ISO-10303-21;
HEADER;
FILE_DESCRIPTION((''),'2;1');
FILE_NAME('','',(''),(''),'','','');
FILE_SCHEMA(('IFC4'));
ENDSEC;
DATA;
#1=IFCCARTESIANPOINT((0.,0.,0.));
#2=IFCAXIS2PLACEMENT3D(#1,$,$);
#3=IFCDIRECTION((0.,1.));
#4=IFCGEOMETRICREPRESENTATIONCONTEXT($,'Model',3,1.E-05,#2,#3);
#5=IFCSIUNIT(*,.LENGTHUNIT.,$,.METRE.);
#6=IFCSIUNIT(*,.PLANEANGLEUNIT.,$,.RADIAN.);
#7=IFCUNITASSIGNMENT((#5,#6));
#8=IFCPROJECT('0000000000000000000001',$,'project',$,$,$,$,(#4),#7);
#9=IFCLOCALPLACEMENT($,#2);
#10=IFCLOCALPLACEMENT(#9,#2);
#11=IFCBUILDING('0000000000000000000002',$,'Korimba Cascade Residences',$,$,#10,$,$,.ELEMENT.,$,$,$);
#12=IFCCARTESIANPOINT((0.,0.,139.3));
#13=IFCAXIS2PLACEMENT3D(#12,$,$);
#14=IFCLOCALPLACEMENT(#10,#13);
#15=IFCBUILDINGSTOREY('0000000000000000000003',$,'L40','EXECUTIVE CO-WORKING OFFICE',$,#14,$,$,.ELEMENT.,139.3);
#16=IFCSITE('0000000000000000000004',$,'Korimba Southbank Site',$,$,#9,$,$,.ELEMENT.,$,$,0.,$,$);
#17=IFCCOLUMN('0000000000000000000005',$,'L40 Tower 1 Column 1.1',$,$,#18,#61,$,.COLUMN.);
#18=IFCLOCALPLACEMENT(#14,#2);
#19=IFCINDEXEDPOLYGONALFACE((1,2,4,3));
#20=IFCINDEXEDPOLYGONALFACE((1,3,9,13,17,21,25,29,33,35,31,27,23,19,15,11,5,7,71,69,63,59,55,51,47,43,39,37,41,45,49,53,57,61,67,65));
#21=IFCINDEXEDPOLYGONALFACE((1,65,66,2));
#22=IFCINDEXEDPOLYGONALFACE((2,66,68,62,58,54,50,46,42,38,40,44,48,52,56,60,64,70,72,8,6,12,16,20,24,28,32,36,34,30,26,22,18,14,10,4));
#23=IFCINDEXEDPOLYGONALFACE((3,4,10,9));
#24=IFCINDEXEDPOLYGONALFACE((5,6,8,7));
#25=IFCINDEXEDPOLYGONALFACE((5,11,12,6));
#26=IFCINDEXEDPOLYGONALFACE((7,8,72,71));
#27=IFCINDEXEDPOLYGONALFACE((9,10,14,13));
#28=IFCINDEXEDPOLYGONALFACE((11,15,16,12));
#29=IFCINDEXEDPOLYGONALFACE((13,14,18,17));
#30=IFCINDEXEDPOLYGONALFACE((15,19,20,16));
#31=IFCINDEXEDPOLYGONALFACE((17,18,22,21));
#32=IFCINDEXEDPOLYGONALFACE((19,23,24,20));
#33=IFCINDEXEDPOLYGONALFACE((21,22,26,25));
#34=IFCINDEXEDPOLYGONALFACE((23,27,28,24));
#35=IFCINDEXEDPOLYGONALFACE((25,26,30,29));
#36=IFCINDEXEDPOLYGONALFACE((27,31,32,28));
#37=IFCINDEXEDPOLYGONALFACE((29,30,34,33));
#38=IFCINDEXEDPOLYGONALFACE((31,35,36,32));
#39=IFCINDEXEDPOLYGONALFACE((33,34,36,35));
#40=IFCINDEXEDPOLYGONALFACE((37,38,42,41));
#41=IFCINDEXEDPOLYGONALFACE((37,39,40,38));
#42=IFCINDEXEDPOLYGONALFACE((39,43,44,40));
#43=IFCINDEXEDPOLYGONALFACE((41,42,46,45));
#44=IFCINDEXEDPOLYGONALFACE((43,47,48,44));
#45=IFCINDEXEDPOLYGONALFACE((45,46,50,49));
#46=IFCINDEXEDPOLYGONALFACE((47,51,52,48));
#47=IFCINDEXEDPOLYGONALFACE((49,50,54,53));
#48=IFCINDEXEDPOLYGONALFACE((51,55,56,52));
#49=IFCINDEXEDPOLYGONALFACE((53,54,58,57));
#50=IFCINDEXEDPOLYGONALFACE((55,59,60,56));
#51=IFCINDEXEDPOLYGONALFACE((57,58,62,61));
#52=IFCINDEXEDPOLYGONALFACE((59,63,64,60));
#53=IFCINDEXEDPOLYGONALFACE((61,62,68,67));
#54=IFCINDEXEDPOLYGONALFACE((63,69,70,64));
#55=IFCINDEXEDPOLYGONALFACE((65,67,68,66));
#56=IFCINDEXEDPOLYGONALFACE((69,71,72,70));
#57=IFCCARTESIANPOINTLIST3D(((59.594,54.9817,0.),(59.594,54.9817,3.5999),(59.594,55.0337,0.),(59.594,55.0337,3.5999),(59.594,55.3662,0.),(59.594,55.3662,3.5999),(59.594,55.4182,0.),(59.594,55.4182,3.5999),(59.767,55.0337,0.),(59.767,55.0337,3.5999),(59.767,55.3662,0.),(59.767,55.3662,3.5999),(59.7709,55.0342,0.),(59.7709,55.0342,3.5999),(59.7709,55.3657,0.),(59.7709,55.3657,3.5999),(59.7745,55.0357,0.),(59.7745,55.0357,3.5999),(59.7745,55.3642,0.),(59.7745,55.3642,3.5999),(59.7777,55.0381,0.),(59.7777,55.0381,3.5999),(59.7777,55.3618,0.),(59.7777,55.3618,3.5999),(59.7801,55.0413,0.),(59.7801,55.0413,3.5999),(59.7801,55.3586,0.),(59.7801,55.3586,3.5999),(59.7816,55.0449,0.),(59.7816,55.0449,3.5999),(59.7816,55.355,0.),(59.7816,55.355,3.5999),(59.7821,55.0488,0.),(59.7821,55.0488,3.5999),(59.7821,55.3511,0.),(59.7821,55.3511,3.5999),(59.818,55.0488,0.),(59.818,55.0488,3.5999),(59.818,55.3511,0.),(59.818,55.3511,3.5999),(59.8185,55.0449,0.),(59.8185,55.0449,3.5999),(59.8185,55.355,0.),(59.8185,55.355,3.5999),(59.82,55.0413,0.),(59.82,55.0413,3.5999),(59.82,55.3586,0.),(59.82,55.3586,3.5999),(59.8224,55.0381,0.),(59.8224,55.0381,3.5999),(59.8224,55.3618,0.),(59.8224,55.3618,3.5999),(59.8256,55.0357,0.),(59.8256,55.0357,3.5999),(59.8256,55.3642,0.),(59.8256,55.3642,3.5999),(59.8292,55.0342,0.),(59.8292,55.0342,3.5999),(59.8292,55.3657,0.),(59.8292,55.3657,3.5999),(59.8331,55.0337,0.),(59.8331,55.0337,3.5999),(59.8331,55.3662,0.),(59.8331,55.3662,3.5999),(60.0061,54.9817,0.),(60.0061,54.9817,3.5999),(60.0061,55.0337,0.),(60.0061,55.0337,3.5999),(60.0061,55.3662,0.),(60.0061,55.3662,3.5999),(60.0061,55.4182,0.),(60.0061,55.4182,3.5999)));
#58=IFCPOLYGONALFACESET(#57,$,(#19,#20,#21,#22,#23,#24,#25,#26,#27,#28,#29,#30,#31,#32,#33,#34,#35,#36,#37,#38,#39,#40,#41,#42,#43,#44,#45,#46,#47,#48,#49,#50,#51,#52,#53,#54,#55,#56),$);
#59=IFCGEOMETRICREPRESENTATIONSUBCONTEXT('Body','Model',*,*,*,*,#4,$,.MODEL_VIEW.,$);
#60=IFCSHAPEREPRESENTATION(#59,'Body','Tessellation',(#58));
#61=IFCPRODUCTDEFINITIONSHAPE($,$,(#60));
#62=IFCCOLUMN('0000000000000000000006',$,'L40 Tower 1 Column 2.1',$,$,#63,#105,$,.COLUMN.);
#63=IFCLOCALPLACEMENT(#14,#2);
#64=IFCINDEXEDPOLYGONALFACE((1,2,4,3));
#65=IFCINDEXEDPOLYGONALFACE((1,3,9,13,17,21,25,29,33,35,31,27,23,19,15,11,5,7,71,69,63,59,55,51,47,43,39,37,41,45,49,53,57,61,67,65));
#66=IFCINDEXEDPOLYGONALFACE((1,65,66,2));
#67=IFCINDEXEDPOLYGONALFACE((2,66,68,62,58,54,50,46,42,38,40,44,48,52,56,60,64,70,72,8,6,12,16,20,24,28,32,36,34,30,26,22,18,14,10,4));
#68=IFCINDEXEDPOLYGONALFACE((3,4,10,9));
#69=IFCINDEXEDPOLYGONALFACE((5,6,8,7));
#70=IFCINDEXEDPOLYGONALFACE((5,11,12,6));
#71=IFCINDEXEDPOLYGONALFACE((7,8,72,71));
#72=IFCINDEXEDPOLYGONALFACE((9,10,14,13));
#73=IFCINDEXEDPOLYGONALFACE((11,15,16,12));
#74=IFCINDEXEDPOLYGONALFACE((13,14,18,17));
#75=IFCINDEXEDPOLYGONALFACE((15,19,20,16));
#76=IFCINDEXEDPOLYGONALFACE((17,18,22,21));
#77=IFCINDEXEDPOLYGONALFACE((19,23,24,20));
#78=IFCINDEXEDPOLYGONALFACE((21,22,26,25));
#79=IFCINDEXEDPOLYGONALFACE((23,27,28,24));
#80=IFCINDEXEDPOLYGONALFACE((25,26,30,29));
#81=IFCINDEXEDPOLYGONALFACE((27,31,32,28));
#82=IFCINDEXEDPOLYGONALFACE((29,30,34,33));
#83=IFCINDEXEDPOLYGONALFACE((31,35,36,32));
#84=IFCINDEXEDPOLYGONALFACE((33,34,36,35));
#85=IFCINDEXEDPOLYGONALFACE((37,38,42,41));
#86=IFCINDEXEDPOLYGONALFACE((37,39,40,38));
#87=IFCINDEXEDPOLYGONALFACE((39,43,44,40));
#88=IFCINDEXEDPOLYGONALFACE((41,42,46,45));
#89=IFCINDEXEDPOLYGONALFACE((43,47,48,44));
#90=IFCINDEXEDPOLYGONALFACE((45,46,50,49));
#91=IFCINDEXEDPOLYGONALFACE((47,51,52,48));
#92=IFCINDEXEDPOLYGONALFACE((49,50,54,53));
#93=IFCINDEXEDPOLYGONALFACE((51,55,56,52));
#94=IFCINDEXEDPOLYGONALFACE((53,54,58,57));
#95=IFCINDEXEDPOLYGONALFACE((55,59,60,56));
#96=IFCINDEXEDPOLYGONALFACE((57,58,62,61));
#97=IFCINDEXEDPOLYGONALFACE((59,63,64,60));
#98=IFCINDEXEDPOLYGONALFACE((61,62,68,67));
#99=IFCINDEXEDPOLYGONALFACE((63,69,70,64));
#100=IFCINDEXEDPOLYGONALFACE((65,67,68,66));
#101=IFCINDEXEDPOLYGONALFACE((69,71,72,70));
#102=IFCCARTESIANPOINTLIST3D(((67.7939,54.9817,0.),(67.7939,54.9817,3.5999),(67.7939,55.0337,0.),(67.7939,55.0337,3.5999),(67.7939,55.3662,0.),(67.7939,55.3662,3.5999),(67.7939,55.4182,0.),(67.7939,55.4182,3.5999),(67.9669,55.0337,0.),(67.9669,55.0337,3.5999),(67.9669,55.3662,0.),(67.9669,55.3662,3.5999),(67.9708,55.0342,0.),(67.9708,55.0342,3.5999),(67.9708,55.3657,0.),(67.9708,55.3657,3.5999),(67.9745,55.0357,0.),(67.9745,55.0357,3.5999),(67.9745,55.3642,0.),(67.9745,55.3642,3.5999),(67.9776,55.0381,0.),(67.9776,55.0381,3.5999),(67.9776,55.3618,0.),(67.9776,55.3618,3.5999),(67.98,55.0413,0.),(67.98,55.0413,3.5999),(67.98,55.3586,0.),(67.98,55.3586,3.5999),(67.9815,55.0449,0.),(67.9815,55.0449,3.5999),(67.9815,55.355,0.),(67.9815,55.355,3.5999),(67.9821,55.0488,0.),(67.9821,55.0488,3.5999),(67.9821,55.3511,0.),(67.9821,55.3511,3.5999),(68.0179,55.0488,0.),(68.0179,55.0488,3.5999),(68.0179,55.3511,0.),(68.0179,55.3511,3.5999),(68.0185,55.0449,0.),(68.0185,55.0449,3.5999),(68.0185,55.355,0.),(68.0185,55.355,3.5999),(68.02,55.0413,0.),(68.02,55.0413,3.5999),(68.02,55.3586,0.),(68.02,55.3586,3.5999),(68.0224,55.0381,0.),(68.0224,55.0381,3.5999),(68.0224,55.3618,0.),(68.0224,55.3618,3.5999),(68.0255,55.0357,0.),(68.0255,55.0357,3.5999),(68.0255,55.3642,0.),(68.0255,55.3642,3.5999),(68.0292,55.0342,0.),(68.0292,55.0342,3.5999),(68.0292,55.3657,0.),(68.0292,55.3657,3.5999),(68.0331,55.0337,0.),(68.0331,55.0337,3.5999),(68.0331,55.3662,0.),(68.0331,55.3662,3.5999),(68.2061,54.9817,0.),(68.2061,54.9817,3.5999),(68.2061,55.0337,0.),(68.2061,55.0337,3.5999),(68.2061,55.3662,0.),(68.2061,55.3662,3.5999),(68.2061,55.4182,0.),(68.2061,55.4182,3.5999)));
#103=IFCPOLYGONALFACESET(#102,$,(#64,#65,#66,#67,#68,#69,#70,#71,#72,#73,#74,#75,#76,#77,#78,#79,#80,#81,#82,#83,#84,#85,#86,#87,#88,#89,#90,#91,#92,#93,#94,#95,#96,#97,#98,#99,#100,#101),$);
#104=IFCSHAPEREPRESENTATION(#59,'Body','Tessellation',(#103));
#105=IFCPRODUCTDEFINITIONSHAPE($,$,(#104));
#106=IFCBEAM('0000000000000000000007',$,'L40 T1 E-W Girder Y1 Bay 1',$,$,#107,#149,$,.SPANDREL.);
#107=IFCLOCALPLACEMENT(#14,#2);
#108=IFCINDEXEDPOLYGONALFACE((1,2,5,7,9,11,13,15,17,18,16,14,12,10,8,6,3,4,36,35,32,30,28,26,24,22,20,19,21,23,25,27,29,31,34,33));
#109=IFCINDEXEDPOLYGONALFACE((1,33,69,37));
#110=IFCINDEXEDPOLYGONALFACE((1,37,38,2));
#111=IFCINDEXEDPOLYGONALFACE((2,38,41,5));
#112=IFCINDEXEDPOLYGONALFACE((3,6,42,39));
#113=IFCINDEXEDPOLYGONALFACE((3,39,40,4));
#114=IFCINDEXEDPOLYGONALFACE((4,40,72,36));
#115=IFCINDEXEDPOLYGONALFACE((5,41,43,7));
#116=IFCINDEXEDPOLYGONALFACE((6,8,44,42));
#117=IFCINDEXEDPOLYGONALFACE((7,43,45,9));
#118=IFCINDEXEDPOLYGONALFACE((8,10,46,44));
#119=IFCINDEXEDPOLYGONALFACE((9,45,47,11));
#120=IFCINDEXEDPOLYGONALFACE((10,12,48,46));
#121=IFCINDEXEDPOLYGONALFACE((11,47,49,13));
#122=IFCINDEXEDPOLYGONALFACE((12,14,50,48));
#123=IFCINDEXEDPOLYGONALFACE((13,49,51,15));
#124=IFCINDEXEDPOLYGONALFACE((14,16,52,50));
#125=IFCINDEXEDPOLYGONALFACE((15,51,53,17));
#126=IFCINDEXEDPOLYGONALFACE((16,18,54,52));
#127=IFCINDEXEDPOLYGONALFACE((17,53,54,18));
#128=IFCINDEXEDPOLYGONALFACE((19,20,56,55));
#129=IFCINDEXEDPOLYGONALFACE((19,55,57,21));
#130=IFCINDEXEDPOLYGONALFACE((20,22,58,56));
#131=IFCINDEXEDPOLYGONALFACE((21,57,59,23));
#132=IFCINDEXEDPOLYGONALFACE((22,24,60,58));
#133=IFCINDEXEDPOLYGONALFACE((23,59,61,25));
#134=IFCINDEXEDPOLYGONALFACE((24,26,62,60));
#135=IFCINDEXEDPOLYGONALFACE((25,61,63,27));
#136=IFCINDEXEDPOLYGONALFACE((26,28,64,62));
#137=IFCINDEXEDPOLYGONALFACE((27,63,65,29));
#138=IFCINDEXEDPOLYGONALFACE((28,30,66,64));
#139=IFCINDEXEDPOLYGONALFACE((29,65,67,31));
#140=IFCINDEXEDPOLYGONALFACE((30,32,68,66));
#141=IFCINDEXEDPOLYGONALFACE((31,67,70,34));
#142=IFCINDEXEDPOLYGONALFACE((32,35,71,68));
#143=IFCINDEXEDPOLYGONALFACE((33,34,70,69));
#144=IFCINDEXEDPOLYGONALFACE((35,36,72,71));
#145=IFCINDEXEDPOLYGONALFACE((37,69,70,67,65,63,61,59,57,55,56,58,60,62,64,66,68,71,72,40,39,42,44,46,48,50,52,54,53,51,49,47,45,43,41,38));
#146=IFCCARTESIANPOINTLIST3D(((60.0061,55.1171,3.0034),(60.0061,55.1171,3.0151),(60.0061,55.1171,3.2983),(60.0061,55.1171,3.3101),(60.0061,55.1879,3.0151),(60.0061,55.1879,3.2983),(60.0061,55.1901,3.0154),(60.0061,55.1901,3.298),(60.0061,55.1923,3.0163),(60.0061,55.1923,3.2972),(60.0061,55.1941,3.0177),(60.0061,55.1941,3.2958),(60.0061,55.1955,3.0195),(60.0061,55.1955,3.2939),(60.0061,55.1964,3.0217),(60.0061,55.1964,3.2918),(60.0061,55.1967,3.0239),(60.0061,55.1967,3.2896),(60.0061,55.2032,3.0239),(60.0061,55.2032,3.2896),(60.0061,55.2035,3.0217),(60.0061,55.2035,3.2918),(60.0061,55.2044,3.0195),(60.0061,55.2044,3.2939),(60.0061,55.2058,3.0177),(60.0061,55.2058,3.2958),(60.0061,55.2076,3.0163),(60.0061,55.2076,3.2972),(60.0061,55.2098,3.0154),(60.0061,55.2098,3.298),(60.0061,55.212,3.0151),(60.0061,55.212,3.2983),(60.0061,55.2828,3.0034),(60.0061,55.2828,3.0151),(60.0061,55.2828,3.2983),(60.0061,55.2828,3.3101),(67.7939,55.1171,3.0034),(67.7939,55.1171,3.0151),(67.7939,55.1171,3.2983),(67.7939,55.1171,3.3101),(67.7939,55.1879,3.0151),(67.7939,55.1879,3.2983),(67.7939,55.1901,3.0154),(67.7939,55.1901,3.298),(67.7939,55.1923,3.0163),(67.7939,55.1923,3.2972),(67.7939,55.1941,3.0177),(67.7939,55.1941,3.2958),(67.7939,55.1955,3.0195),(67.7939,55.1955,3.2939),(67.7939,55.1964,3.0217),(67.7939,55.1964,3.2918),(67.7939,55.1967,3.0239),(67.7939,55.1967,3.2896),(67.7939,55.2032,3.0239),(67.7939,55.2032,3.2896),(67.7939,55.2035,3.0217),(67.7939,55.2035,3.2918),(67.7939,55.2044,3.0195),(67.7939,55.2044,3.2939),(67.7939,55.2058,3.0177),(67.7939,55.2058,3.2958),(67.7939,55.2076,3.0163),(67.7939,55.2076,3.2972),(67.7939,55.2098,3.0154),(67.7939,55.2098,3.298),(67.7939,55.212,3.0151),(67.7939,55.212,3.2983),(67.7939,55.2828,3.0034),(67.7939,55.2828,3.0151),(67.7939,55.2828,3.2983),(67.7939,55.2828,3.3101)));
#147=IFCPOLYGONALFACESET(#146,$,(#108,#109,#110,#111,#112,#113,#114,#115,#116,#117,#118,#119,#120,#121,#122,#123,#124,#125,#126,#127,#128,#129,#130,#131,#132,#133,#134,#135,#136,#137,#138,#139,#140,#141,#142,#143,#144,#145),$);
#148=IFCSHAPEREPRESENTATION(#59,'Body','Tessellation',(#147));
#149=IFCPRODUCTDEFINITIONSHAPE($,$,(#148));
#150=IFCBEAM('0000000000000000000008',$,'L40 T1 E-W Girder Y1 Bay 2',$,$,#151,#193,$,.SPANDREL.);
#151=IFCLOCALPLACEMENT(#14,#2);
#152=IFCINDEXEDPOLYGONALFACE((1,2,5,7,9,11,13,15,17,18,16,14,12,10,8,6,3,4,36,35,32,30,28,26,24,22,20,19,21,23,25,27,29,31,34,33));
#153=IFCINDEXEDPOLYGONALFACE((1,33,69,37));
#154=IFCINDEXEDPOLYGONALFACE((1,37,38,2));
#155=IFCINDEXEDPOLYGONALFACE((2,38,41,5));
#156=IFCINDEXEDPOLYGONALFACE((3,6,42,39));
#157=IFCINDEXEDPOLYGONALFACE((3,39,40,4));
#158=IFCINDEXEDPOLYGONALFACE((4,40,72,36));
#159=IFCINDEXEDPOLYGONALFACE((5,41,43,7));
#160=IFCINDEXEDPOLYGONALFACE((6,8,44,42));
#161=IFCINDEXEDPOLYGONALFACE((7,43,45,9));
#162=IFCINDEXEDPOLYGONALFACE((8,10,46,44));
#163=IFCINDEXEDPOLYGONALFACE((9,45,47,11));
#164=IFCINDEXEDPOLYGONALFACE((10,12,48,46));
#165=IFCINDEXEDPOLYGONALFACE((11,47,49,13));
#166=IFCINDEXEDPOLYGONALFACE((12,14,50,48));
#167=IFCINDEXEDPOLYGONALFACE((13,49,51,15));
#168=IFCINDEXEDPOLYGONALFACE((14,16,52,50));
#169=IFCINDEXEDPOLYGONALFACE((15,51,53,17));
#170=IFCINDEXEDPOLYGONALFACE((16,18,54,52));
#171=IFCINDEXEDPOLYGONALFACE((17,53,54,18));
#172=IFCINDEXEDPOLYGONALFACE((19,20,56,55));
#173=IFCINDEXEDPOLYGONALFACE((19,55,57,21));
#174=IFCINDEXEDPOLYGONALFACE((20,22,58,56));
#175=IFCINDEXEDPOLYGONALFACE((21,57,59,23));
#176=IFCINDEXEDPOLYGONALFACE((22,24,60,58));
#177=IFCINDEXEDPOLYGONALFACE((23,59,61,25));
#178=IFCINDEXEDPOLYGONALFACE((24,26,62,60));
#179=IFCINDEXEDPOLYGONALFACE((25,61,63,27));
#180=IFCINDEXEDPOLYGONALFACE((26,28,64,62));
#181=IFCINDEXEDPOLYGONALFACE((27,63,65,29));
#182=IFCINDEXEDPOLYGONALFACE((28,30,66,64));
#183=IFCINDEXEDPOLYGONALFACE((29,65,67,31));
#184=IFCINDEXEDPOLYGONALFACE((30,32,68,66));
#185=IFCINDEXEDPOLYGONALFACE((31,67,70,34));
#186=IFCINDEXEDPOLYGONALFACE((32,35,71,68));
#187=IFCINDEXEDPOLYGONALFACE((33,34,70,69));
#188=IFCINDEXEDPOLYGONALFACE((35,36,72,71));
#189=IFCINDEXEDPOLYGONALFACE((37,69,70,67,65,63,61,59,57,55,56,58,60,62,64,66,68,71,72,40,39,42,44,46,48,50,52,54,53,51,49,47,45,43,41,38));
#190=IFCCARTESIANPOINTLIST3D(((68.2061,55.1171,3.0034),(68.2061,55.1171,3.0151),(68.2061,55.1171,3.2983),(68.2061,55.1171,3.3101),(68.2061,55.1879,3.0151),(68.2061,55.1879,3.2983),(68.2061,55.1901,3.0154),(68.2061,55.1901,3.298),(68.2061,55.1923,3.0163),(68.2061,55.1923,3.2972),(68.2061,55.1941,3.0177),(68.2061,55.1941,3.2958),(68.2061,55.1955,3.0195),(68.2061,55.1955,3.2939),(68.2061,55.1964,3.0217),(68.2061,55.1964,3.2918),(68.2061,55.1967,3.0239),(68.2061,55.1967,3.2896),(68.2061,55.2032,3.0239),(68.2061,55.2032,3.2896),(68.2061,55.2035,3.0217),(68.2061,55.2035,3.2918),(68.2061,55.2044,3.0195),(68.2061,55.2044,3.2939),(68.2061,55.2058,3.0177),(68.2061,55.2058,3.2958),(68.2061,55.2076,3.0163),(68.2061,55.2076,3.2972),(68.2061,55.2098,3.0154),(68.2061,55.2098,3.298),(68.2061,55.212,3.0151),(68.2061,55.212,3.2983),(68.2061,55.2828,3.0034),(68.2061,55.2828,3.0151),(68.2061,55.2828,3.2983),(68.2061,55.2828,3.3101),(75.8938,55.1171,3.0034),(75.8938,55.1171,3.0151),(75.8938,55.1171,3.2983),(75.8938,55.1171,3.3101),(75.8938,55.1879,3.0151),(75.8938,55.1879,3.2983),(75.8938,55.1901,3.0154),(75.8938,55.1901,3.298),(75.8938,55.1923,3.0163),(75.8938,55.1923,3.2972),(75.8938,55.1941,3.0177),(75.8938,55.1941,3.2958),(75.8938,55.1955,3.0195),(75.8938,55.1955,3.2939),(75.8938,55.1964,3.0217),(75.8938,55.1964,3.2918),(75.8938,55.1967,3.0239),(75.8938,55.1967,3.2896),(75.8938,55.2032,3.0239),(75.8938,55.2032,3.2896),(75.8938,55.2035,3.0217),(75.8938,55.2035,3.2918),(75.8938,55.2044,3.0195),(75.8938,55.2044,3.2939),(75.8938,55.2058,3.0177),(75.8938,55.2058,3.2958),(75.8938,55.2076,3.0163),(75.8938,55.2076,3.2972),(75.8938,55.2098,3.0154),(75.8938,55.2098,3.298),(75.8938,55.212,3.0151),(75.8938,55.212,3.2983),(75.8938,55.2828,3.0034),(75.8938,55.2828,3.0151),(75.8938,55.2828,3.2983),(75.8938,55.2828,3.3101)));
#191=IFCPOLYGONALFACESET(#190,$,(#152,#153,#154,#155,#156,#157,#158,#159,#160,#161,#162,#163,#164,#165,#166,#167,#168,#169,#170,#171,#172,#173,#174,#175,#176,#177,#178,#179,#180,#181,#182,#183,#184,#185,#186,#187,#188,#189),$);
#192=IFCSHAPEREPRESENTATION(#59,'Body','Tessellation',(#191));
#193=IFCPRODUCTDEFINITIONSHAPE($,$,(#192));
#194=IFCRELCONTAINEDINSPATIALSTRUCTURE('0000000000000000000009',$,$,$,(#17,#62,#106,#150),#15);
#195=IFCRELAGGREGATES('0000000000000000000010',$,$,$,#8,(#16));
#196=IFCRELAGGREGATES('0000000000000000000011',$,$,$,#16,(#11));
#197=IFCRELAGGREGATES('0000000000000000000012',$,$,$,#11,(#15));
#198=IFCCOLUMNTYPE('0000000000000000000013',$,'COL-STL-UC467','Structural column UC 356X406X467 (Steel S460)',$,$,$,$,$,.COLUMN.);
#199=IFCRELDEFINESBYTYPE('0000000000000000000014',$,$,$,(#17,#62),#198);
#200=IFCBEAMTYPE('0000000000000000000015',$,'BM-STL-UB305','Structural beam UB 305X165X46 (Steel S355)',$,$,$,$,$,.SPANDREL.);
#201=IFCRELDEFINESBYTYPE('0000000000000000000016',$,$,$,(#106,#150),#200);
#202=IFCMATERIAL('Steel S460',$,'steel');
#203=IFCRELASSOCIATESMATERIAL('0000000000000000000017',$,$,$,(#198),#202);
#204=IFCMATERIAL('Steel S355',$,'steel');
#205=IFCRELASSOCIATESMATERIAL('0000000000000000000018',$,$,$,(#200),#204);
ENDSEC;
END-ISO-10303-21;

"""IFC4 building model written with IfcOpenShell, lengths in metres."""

from ifc_helpers import new_model, si_unit, direction, frame, origin, origin_2d, place, context, subcontext, project, spatial, i_section, extrude, material, material_profile, profile_set, type_object, element, save


model = new_model("IFC4")

# Units and contexts
model_context = context("Model", 3, precision=1e-05, world=origin(), true_north=direction((0.0, 1.0)))
body_context = subcontext(model_context, "Body", "Model", "MODEL_VIEW")
ifc_project = project(units=[si_unit("LENGTHUNIT", "METRE"), si_unit("PLANEANGLEUNIT", "RADIAN")], contexts=[model_context])

# Site, building, storey
site_placement = place(None, origin())
site = spatial("IfcSite", under=ifc_project, at=site_placement, Name="Korimba Southbank Site", CompositionType="ELEMENT", RefElevation=0.0)
building_placement = place(site_placement, origin())
building = spatial("IfcBuilding", under=site, at=building_placement, Name="Korimba Cascade Residences", CompositionType="ELEMENT")
storey_placement = place(building_placement, frame((0.0, 0.0, 139.3)))
storey = spatial("IfcBuildingStorey", under=building, at=storey_placement, Name="L40", Description="EXECUTIVE CO-WORKING OFFICE", CompositionType="ELEMENT", Elevation=139.3)

# Columns
ifc_material_1 = material(Name="Steel S460", Category="steel")
ifc_material_profile_1 = material_profile(ifc_material_1, i_section(OverallWidth=0.4121, OverallDepth=0.4365, WebThickness=0.0359, FlangeThickness=0.052, FilletRadius=0.0151, at=origin_2d()), Name="Steel S460")
ifc_profile_set_1 = profile_set([ifc_material_profile_1], Name="Steel S460")
column_type = type_object("IfcColumnType", Name="COL-STL-UC467", Description="Structural column UC 356X406X467 (Steel S460)", PredefinedType="COLUMN", material=ifc_profile_set_1)
for number, where, z_axis, x_axis, name in (
    (1, (59.8, 55.2, 0.0), (0.0, 0.0, 1.0), (1.0, 0.0, 0.0), "L40 Tower 1 Column 1.1"),
    (2, (68.0, 55.2, 0.0), (0.0, 0.0, 1.0), (1.0, 0.0, 0.0), "L40 Tower 1 Column 2.1"),
):
    element("IfcColumn", number, at=place(storey_placement, frame(where, z_axis=z_axis, x_axis=x_axis)), inside=storey, type_object=column_type, Name=name, PredefinedType="COLUMN", context=body_context, shape_type="SweptSolid", body=[
        extrude(i_section(OverallWidth=0.4121, OverallDepth=0.4365, WebThickness=0.0359, FlangeThickness=0.052, FilletRadius=0.0151, at=origin_2d()), origin(), (0.0, 0.0, 1.0), 3.5999),
    ])

# Beams
ifc_material_2 = material(Name="Steel S355", Category="steel")
ifc_material_profile_2 = material_profile(ifc_material_2, i_section(OverallWidth=0.1658, OverallDepth=0.3066, WebThickness=0.0066, FlangeThickness=0.0117, FilletRadius=0.0088, at=origin_2d()), Name="Steel S355")
ifc_profile_set_2 = profile_set([ifc_material_profile_2], Name="Steel S355")
beam_type_1 = type_object("IfcBeamType", Name="BM-STL-UB305", Description="Structural beam UB 305X165X46 (Steel S355)", PredefinedType="SPANDREL", material=ifc_profile_set_2)
beam_1_placement = place(storey_placement, frame((60.0061, 55.2, 3.1567), z_axis=(1.0, 0.0, 0.0), x_axis=(0.0, 1.0, 0.0)))
element("IfcBeam", 3, at=beam_1_placement, inside=storey, type_object=beam_type_1, Name="L40 T1 E-W Girder Y1 Bay 1", PredefinedType="SPANDREL", context=body_context, shape_type="SweptSolid", body=[
    extrude(i_section(OverallWidth=0.1658, OverallDepth=0.3066, WebThickness=0.0066, FlangeThickness=0.0117, FilletRadius=0.0088, at=origin_2d()), origin(), (0.0, 0.0, 1.0), 7.7878),
])
beam_2_placement = place(storey_placement, frame((68.2061, 55.2, 3.1567), z_axis=(1.0, 0.0, 0.0), x_axis=(0.0, 1.0, 0.0)))
element("IfcBeam", 4, at=beam_2_placement, inside=storey, type_object=beam_type_1, Name="L40 T1 E-W Girder Y1 Bay 2", PredefinedType="SPANDREL", context=body_context, shape_type="SweptSolid", body=[
    extrude(i_section(OverallWidth=0.1658, OverallDepth=0.3066, WebThickness=0.0066, FlangeThickness=0.0117, FilletRadius=0.0088, at=origin_2d()), origin(), (0.0, 0.0, 1.0), 7.6877),
])

save(model, "model.ifc")
